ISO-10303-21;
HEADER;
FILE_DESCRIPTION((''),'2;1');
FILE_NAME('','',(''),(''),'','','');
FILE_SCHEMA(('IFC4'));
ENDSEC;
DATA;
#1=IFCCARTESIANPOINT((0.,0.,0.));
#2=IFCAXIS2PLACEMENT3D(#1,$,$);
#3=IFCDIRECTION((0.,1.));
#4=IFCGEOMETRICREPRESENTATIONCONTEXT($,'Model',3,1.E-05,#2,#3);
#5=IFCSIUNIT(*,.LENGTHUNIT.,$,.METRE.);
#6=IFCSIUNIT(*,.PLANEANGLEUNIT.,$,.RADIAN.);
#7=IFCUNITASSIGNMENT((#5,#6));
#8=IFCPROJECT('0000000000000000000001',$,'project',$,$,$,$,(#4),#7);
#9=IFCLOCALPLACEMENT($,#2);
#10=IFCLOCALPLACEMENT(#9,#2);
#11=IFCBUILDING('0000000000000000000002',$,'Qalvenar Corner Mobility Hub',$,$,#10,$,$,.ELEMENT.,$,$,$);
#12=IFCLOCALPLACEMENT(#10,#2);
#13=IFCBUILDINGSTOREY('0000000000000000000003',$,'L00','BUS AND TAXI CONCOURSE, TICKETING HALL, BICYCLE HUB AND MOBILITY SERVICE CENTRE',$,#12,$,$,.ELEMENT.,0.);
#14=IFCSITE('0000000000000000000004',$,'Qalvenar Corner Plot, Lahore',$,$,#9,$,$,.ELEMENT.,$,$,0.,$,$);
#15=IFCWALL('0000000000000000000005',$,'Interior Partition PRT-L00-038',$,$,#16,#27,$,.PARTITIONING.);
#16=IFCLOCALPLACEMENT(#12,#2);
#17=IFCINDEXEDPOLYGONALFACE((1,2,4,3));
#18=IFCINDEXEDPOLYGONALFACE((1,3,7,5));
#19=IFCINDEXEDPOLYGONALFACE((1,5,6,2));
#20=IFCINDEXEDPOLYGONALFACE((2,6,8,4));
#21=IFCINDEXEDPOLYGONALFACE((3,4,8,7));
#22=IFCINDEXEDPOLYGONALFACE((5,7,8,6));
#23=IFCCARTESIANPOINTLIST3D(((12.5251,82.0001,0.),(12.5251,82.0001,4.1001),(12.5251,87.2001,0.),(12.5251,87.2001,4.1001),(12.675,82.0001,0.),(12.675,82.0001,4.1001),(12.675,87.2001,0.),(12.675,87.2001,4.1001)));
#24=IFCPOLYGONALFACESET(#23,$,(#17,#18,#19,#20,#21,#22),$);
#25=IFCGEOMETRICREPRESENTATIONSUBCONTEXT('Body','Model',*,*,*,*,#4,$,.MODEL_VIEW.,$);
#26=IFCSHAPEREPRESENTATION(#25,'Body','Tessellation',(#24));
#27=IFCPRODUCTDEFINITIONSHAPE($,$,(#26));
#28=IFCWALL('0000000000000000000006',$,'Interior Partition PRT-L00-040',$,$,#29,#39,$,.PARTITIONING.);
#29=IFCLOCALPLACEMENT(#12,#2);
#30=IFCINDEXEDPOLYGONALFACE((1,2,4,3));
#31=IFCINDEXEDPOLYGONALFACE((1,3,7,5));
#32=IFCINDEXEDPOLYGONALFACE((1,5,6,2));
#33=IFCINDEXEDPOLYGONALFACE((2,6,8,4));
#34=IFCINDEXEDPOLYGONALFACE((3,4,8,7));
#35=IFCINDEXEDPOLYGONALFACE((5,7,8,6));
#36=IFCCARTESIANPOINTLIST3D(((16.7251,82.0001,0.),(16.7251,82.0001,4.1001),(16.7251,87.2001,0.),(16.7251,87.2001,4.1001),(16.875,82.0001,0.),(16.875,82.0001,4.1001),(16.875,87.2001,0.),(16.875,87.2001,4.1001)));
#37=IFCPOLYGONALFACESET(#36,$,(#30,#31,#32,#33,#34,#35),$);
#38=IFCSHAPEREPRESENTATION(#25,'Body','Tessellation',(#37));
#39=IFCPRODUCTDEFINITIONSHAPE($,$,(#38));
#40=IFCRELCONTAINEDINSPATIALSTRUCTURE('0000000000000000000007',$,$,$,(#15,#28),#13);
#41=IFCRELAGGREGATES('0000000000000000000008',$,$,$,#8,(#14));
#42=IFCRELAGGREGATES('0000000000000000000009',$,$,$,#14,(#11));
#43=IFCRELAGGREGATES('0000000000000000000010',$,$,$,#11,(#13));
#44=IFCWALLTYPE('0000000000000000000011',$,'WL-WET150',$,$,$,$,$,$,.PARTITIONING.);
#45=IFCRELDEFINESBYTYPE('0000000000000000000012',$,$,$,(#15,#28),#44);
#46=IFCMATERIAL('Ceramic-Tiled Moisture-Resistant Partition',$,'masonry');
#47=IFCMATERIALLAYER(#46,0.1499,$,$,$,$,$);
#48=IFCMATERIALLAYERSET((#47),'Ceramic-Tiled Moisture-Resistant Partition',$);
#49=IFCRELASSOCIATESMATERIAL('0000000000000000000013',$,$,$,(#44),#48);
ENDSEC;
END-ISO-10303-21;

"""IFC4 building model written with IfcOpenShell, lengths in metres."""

from ifc_helpers import new_model, si_unit, direction, frame, frame_2d, origin, place, context, subcontext, project, spatial, rectangle, extrude, material, layer, layer_set, type_object, element, save


model = new_model("IFC4")

# Units and contexts
model_context = context("Model", 3, precision=1e-05, world=origin(), true_north=direction((0.0, 1.0)))
body_context = subcontext(model_context, "Body", "Model", "MODEL_VIEW")
ifc_project = project(units=[si_unit("LENGTHUNIT", "METRE"), si_unit("PLANEANGLEUNIT", "RADIAN")], contexts=[model_context])

# Site, building, storey
site_placement = place(None, origin())
site = spatial("IfcSite", under=ifc_project, at=site_placement, Name="Qalvenar Corner Plot, Lahore", CompositionType="ELEMENT", RefElevation=0.0)
building_placement = place(site_placement, origin())
building = spatial("IfcBuilding", under=site, at=building_placement, Name="Qalvenar Corner Mobility Hub", CompositionType="ELEMENT")
storey_placement = place(building_placement, origin())
storey = spatial("IfcBuildingStorey", under=building, at=storey_placement, Name="L00", Description="BUS AND TAXI CONCOURSE, TICKETING HALL, BICYCLE HUB AND MOBILITY SERVICE CENTRE", CompositionType="ELEMENT", Elevation=0.0)

# Walls
ifc_material_1 = material(Name="Ceramic-Tiled Moisture-Resistant Partition", Category="masonry")
ifc_layer_1 = layer(ifc_material_1, 0.1499)
ifc_layer_set_1 = layer_set([ifc_layer_1], Name="Ceramic-Tiled Moisture-Resistant Partition")
wall_type_1 = type_object("IfcWallType", Name="WL-WET150", PredefinedType="PARTITIONING", material=ifc_layer_set_1)
for number, where, z_axis, x_axis, name in (
    (1, (12.6001, 82.0, 0.0), (0.0, 0.0, 1.0), (0.0, 1.0, 0.0), "Interior Partition PRT-L00-038"),
    (2, (16.8, 82.0, 0.0), (0.0, 0.0, 1.0), (0.0, 1.0, 0.0), "Interior Partition PRT-L00-040"),
):
    element("IfcWall", number, at=place(storey_placement, frame(where, z_axis=z_axis, x_axis=x_axis)), inside=storey, type_object=wall_type_1, Name=name, PredefinedType="PARTITIONING", context=body_context, shape_type="SweptSolid", body=[
        extrude(rectangle(XDim=5.2, YDim=0.1499, at=frame_2d((2.6001, 0.0))), origin(), (0.0, 0.0, 1.0), 4.1001),
    ])

save(model, "model.ifc")
